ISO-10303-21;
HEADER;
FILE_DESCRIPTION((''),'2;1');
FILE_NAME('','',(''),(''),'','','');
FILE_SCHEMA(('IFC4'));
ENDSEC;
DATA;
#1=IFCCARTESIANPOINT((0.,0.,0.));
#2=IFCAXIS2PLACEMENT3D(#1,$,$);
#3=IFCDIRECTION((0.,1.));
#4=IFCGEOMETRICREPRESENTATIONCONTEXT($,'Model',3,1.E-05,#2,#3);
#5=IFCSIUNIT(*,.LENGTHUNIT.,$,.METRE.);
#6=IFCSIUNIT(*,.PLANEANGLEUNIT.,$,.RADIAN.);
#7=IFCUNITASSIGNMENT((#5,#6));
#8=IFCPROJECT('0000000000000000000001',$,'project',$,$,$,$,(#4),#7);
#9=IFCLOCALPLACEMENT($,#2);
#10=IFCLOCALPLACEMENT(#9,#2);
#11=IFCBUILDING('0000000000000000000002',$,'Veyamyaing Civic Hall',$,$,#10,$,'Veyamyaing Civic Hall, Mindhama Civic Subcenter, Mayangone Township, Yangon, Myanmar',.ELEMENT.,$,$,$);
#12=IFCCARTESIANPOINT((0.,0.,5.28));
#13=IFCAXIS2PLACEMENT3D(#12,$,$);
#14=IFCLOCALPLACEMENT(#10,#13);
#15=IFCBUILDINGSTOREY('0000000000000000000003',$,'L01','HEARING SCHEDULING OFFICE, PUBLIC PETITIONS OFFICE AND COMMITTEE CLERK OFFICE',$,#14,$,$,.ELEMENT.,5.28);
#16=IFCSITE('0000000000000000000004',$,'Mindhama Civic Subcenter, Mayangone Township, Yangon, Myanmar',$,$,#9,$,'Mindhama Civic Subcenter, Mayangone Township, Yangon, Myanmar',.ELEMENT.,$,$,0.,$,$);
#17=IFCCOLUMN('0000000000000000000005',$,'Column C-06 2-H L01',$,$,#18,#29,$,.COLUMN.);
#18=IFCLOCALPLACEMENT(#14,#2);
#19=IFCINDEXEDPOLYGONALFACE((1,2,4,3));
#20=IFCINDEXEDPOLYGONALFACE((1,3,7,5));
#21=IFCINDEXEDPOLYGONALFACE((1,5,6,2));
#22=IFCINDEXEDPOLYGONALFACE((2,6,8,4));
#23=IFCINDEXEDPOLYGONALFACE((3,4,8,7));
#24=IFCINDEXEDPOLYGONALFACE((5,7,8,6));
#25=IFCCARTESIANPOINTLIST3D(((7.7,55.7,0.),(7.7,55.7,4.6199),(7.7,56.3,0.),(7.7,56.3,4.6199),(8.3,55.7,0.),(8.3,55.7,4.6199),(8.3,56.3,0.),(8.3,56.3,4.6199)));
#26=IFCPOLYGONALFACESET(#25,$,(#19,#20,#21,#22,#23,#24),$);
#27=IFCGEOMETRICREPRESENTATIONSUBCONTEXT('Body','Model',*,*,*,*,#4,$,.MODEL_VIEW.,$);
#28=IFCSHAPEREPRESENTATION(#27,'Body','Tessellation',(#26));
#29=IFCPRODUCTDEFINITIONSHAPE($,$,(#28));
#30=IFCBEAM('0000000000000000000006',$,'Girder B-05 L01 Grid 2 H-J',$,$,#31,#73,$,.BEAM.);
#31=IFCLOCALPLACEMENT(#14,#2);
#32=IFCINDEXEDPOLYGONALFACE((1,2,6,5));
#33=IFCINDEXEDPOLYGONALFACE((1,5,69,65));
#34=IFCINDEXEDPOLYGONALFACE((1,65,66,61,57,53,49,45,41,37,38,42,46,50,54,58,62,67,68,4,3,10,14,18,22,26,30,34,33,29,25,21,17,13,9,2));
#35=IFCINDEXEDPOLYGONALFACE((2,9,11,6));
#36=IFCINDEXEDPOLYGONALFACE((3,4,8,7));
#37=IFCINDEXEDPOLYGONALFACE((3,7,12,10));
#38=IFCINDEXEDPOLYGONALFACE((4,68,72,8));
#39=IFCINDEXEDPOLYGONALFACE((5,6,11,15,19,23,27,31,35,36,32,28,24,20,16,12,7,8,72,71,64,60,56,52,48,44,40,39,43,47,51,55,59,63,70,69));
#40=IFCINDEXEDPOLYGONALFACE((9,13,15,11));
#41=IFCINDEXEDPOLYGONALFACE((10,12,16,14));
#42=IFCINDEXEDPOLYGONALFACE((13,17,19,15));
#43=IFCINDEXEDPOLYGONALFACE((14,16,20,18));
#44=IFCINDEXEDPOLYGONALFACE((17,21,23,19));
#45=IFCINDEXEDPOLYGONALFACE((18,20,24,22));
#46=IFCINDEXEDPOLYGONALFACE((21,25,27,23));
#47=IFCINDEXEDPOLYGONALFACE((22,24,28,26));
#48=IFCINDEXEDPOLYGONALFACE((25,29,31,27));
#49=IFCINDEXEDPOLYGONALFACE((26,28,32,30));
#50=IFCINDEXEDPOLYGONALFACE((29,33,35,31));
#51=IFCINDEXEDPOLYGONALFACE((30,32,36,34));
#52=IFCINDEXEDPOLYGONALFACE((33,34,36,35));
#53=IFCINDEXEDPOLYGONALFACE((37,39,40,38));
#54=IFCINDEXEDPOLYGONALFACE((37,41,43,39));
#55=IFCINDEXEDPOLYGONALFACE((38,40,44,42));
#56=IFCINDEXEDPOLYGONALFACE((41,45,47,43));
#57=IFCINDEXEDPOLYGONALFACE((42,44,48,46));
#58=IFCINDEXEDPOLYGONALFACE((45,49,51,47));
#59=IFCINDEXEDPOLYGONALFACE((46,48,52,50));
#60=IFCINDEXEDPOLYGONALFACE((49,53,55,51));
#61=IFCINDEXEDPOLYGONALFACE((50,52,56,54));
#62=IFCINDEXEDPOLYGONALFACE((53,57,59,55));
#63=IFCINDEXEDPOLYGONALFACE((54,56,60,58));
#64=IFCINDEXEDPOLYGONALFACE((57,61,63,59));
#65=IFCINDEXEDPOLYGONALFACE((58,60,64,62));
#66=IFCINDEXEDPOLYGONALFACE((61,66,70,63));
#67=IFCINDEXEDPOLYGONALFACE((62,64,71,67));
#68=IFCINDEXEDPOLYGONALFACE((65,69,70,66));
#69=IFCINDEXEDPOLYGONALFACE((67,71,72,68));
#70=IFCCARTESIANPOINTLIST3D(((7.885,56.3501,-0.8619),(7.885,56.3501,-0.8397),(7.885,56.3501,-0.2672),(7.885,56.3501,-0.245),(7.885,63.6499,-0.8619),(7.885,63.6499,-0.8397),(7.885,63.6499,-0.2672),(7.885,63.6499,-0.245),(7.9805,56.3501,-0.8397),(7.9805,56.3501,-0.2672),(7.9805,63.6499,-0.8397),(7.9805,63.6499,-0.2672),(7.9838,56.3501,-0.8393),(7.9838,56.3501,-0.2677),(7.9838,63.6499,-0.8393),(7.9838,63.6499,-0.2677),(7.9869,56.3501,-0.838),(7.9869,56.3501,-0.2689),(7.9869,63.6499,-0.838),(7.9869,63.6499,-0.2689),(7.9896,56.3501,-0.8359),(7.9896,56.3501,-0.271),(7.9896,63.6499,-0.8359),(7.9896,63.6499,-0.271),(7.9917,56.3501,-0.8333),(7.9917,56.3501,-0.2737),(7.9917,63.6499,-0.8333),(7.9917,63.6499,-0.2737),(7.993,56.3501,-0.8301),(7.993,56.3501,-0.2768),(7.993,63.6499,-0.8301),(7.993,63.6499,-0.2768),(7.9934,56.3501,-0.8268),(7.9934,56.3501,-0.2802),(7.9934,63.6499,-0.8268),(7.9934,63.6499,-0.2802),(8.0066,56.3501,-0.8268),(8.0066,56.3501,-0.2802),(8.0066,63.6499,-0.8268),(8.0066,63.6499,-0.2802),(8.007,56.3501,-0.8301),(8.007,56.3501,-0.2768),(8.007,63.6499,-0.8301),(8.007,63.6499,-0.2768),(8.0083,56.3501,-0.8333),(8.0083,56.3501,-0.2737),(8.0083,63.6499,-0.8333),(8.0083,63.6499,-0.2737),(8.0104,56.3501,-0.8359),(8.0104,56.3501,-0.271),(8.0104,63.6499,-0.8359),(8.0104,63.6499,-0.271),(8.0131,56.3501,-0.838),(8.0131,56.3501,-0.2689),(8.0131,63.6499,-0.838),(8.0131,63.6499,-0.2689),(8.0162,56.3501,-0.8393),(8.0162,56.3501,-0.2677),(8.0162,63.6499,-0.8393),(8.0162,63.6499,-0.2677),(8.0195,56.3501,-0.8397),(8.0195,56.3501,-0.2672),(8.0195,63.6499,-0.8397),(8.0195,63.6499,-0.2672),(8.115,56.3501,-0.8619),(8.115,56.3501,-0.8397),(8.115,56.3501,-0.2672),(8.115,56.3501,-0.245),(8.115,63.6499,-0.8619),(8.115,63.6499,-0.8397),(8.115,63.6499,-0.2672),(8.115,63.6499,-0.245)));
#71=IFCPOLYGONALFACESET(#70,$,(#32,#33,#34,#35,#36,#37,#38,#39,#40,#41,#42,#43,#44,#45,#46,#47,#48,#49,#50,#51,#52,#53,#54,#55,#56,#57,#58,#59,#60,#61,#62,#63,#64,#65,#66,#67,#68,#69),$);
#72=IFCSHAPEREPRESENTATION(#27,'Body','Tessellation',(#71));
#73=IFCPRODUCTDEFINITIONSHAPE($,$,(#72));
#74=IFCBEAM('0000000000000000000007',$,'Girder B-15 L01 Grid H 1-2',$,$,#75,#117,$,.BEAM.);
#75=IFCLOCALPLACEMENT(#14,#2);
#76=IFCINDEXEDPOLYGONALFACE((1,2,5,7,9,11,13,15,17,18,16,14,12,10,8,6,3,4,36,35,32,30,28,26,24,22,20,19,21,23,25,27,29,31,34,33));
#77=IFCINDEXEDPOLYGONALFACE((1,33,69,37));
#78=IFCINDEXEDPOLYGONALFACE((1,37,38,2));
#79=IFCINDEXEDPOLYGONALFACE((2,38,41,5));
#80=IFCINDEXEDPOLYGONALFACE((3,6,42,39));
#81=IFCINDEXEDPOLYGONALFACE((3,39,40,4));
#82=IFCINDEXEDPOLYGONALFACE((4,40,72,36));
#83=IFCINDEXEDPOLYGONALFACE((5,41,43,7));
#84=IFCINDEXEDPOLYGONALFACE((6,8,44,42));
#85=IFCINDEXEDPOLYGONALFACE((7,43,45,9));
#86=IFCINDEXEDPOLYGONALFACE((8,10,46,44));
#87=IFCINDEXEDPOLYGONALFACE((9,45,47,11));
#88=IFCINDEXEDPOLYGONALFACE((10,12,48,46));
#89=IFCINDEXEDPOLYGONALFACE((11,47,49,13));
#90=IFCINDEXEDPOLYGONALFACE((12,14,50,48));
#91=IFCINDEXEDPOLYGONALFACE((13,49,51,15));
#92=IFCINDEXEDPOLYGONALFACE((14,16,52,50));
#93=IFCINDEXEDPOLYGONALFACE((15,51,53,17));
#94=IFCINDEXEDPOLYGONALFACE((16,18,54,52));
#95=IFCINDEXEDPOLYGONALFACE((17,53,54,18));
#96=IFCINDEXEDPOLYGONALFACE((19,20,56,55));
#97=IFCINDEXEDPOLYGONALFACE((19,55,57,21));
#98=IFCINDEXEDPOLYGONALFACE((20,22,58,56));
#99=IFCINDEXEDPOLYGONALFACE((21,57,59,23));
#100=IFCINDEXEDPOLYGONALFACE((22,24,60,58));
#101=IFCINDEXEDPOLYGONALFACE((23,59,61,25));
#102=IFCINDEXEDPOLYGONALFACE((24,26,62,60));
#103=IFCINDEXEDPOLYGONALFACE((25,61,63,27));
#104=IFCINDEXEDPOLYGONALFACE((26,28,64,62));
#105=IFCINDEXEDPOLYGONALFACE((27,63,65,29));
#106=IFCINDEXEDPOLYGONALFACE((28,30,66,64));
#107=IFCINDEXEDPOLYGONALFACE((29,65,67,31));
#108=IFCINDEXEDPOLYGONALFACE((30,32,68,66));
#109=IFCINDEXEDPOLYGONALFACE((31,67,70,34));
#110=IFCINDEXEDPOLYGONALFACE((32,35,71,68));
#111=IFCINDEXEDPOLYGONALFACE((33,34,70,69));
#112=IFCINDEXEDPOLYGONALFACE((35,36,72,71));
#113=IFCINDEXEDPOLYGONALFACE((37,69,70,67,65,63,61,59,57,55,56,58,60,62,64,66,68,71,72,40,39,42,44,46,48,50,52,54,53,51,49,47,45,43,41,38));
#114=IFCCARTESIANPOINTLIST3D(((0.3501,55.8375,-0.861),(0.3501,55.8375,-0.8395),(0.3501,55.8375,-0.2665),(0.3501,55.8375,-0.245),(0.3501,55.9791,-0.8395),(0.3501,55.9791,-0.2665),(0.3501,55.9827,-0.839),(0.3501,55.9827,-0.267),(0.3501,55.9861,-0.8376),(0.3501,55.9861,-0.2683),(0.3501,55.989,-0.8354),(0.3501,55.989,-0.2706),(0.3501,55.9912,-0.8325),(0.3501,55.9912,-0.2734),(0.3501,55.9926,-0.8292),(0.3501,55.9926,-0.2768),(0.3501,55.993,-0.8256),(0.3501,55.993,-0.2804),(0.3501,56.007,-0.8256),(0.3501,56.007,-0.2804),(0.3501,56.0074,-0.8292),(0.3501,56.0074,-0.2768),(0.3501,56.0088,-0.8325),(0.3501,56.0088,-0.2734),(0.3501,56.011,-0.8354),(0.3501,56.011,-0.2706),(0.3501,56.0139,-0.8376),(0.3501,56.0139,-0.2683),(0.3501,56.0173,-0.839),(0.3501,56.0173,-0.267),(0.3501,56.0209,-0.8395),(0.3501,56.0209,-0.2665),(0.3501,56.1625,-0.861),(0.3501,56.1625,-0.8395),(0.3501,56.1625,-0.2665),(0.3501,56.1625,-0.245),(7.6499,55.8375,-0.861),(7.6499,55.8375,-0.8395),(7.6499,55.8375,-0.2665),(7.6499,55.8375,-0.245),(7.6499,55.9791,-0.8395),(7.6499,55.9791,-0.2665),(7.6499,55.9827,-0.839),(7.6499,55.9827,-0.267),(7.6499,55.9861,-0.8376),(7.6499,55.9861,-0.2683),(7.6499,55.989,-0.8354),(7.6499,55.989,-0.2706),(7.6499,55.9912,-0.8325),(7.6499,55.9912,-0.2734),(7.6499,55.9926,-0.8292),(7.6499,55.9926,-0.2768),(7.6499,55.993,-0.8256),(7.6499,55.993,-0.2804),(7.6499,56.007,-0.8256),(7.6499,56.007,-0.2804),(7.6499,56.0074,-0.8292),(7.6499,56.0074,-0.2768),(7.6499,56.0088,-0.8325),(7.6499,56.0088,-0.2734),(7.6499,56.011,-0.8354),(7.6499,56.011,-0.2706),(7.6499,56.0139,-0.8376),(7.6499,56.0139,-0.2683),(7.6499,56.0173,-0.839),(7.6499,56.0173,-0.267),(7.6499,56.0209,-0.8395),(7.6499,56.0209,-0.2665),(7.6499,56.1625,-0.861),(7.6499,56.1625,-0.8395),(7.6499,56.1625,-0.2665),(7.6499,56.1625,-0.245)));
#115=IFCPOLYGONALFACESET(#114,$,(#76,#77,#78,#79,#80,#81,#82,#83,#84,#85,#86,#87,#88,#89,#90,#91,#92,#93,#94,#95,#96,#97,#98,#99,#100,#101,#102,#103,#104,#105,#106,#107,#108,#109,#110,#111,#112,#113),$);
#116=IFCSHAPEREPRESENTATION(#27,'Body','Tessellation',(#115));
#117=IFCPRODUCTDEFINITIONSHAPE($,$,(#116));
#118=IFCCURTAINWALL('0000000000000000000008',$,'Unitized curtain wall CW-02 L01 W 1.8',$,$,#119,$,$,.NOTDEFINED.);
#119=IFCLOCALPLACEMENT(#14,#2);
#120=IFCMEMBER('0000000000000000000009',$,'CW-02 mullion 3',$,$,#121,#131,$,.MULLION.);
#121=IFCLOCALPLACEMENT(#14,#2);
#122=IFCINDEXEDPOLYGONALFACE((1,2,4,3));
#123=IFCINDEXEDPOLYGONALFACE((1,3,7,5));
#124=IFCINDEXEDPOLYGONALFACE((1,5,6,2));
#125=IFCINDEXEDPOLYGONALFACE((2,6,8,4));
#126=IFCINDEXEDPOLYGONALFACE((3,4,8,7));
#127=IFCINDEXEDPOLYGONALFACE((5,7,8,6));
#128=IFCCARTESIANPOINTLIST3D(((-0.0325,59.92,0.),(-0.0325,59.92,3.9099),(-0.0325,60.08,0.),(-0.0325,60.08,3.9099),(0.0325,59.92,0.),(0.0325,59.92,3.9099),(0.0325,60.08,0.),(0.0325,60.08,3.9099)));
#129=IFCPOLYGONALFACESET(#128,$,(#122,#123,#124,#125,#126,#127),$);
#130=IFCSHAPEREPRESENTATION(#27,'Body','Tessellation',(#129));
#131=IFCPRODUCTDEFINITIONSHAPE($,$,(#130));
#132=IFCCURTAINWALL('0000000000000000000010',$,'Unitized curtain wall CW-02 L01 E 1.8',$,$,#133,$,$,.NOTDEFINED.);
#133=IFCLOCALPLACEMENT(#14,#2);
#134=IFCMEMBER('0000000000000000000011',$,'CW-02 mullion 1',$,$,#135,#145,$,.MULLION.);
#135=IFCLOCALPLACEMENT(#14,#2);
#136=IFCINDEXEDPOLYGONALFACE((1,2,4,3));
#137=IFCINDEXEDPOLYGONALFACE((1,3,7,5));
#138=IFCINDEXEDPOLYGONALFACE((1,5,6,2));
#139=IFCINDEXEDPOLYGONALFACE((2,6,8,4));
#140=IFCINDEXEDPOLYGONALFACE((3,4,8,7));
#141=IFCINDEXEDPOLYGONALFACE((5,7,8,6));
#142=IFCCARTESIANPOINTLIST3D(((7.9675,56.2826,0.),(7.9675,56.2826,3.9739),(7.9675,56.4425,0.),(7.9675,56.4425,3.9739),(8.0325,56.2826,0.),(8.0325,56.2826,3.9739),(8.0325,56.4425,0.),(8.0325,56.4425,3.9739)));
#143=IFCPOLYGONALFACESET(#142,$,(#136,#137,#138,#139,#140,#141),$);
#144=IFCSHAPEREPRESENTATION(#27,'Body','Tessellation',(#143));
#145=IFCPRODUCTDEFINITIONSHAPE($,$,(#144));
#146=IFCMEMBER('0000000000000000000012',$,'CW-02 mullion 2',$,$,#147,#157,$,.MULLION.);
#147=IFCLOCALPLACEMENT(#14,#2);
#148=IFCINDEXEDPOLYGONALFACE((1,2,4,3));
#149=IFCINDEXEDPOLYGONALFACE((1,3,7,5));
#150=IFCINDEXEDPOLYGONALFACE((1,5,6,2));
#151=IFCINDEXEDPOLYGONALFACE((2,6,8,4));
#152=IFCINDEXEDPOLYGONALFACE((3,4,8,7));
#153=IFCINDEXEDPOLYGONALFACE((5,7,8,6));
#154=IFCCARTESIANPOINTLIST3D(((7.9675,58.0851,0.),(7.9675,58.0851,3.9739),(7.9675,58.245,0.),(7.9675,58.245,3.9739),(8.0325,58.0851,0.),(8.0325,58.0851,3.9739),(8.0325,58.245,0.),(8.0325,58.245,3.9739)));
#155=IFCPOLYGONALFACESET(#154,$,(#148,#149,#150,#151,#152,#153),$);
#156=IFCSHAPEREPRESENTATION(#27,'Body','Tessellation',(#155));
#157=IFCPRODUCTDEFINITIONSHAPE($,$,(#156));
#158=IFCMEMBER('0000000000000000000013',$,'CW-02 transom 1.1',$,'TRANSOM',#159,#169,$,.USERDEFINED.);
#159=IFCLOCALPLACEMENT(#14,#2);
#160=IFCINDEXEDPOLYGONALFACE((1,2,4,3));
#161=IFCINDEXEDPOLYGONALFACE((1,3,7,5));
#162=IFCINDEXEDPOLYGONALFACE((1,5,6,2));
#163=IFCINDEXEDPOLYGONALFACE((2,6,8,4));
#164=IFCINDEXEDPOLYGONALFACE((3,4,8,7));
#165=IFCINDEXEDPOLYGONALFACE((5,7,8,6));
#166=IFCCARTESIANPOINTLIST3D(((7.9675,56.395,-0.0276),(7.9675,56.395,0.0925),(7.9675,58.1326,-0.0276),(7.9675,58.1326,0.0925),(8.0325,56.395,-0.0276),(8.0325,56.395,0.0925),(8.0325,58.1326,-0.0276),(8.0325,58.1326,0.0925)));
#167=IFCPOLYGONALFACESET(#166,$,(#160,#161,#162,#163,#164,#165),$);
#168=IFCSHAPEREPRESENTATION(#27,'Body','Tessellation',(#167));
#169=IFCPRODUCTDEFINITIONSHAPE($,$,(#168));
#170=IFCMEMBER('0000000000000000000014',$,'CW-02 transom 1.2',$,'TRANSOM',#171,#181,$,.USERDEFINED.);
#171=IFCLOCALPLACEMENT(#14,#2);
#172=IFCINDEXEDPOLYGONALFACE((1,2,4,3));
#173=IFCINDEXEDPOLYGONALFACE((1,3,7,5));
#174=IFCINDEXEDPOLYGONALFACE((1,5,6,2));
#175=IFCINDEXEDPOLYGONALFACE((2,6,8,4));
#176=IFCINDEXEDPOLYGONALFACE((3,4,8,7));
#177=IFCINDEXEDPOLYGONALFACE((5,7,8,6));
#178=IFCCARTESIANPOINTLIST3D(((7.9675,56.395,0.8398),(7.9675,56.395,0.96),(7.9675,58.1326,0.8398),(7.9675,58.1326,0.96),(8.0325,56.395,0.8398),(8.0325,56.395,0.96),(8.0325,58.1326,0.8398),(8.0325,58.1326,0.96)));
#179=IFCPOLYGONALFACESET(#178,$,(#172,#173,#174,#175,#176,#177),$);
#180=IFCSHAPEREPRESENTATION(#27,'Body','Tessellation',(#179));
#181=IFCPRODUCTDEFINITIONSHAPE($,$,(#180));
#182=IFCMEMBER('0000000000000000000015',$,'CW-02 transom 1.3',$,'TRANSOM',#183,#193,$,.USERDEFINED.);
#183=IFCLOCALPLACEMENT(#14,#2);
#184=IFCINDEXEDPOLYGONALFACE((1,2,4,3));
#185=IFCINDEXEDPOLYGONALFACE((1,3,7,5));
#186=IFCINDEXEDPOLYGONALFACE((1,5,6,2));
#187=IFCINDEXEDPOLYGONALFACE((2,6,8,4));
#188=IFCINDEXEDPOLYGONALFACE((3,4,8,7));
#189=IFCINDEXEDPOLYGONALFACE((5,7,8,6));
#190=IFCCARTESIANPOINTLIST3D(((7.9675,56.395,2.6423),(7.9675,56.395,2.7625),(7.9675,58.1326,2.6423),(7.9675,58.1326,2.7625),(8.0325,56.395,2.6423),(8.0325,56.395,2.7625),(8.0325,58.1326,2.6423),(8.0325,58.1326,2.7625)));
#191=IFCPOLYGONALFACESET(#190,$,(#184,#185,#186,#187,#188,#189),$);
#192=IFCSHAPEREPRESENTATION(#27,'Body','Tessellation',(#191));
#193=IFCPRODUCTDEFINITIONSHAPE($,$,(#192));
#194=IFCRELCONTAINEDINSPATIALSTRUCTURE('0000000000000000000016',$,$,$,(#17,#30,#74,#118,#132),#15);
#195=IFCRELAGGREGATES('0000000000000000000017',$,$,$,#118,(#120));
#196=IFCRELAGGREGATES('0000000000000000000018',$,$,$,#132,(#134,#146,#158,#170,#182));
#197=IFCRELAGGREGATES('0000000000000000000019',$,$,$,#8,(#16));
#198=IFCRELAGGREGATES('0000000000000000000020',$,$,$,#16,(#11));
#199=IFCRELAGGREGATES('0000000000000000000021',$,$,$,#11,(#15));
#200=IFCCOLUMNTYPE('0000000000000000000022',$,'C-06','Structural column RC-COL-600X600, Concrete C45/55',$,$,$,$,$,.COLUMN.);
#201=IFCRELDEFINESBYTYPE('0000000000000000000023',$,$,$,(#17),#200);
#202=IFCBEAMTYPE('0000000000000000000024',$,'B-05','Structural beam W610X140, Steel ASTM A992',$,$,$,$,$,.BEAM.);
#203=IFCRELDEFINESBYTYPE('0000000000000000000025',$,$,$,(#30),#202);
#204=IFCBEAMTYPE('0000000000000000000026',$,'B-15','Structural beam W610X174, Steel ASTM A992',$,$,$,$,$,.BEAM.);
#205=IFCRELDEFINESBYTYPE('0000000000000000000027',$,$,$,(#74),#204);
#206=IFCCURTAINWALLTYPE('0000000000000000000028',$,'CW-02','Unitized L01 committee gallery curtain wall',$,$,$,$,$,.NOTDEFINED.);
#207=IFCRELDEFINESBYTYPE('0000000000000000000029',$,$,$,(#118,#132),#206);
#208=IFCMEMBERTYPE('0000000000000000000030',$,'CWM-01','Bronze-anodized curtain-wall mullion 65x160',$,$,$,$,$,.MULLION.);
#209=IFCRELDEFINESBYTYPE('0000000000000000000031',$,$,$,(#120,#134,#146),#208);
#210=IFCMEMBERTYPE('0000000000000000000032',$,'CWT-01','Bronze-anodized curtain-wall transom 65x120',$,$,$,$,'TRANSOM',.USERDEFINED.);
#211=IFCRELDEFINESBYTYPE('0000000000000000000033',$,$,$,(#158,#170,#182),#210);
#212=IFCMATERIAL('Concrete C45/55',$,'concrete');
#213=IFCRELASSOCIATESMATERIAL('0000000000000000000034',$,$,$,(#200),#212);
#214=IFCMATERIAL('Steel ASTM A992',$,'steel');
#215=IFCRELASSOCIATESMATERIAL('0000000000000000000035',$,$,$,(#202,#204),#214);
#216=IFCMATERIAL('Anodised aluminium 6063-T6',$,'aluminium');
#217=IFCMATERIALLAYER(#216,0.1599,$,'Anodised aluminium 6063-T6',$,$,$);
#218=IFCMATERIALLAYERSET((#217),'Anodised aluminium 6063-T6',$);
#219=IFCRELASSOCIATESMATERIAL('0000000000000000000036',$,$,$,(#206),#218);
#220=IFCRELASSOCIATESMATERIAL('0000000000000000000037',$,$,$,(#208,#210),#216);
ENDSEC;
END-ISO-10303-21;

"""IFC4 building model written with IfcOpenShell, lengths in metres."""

from ifc_helpers import new_model, si_unit, direction, frame, origin, origin_2d, place, context, subcontext, project, spatial, rectangle, i_section, extrude, material, layer, layer_set, material_profile, profile_set, type_object, element, aggregate, save


model = new_model("IFC4")

# Units and contexts
model_context = context("Model", 3, precision=1e-05, world=origin(), true_north=direction((0.0, 1.0)))
body_context = subcontext(model_context, "Body", "Model", "MODEL_VIEW")
ifc_project = project(units=[si_unit("LENGTHUNIT", "METRE"), si_unit("PLANEANGLEUNIT", "RADIAN")], contexts=[model_context])

# Site, building, storey
site_placement = place(None, origin())
site = spatial("IfcSite", under=ifc_project, at=site_placement, Name="Mindhama Civic Subcenter, Mayangone Township, Yangon, Myanmar", LongName="Mindhama Civic Subcenter, Mayangone Township, Yangon, Myanmar", CompositionType="ELEMENT", RefElevation=0.0)
building_placement = place(site_placement, origin())
building = spatial("IfcBuilding", under=site, at=building_placement, Name="Veyamyaing Civic Hall", LongName="Veyamyaing Civic Hall, Mindhama Civic Subcenter, Mayangone Township, Yangon, Myanmar", CompositionType="ELEMENT")
storey_placement = place(building_placement, frame((0.0, 0.0, 5.28)))
storey = spatial("IfcBuildingStorey", under=building, at=storey_placement, Name="L01", Description="HEARING SCHEDULING OFFICE, PUBLIC PETITIONS OFFICE AND COMMITTEE CLERK OFFICE", CompositionType="ELEMENT", Elevation=5.28)

# Column
ifc_material_1 = material(Name="Concrete C45/55", Category="concrete")
ifc_material_profile_1 = material_profile(ifc_material_1, rectangle(XDim=0.6001, YDim=0.6001, at=origin_2d()), Name="RC-COL-600X600")
ifc_profile_set_1 = profile_set([ifc_material_profile_1], Name="Concrete C45/55")
column_type = type_object("IfcColumnType", Name="C-06", Description="Structural column RC-COL-600X600, Concrete C45/55", PredefinedType="COLUMN", material=ifc_profile_set_1)
column_placement = place(storey_placement, frame((8.0, 56.0, 0.0), z_axis=(0.0, 0.0, 1.0), x_axis=(1.0, 0.0, 0.0)))
element("IfcColumn", 1, at=column_placement, inside=storey, type_object=column_type, Name="Column C-06 2-H L01", PredefinedType="COLUMN", context=body_context, shape_type="SweptSolid", body=[
    extrude(rectangle(XDim=0.6001, YDim=0.6001, at=origin_2d()), origin(), (0.0, 0.0, 1.0), 4.6199),
])

# Beams
ifc_material_2 = material(Name="Steel ASTM A992", Category="steel")
ifc_material_profile_2 = material_profile(ifc_material_2, i_section(OverallWidth=0.23, OverallDepth=0.6169, WebThickness=0.0132, FlangeThickness=0.0222, FilletRadius=0.0129, at=origin_2d()), Name="W610X140")
ifc_profile_set_2 = profile_set([ifc_material_profile_2], Name="Steel ASTM A992")
beam_type_1 = type_object("IfcBeamType", Name="B-05", Description="Structural beam W610X140, Steel ASTM A992", PredefinedType="BEAM", material=ifc_profile_set_2)
beam_1_placement = place(storey_placement, frame((8.0, 56.3501, -0.5535), z_axis=(0.0, 1.0, 0.0), x_axis=(-1.0, 0.0, 0.0)))
element("IfcBeam", 2, at=beam_1_placement, inside=storey, type_object=beam_type_1, Name="Girder B-05 L01 Grid 2 H-J", PredefinedType="BEAM", context=body_context, shape_type="SweptSolid", body=[
    extrude(i_section(OverallWidth=0.23, OverallDepth=0.6169, WebThickness=0.0132, FlangeThickness=0.0222, FilletRadius=0.0129, at=origin_2d()), origin(), (0.0, 0.0, 1.0), 7.2998),
])
ifc_material_profile_3 = material_profile(ifc_material_2, i_section(OverallWidth=0.325, OverallDepth=0.616, WebThickness=0.0139, FlangeThickness=0.0215, FilletRadius=0.0139, at=origin_2d()), Name="W610X174")
ifc_profile_set_3 = profile_set([ifc_material_profile_3], Name="Steel ASTM A992")
beam_type_2 = type_object("IfcBeamType", Name="B-15", Description="Structural beam W610X174, Steel ASTM A992", PredefinedType="BEAM", material=ifc_profile_set_3)
beam_2_placement = place(storey_placement, frame((0.3501, 56.0, -0.553), z_axis=(1.0, 0.0, 0.0), x_axis=(0.0, 1.0, 0.0)))
element("IfcBeam", 3, at=beam_2_placement, inside=storey, type_object=beam_type_2, Name="Girder B-15 L01 Grid H 1-2", PredefinedType="BEAM", context=body_context, shape_type="SweptSolid", body=[
    extrude(i_section(OverallWidth=0.325, OverallDepth=0.616, WebThickness=0.0139, FlangeThickness=0.0215, FilletRadius=0.0139, at=origin_2d()), origin(), (0.0, 0.0, 1.0), 7.2998),
])

# Curtain wall, member
ifc_material_3 = material(Name="Anodised aluminium 6063-T6", Category="aluminium")
ifc_layer_1 = layer(ifc_material_3, 0.1599, Name="Anodised aluminium 6063-T6")
ifc_layer_set_1 = layer_set([ifc_layer_1], Name="Anodised aluminium 6063-T6")
curtain_wall_type = type_object("IfcCurtainWallType", Name="CW-02", Description="Unitized L01 committee gallery curtain wall", PredefinedType="NOTDEFINED", material=ifc_layer_set_1)
curtain_wall_1_placement = place(storey_placement, origin())
curtain_wall_1 = element("IfcCurtainWall", 4, at=curtain_wall_1_placement, inside=storey, type_object=curtain_wall_type, Name="Unitized curtain wall CW-02 L01 W 1.8", PredefinedType="NOTDEFINED")
ifc_material_profile_4 = material_profile(ifc_material_3, rectangle(XDim=0.0649, YDim=0.1599, at=origin_2d()), Name="ALU-MUL-65X160")
ifc_profile_set_4 = profile_set([ifc_material_profile_4], Name="Anodised aluminium 6063-T6")
member_type_1 = type_object("IfcMemberType", Name="CWM-01", Description="Bronze-anodized curtain-wall mullion 65x160", PredefinedType="MULLION", material=ifc_profile_set_4)
member_1_placement = place(storey_placement, frame((0.0, 60.0, 0.0), z_axis=(0.0, 0.0, 1.0), x_axis=(-1.0, 0.0, 0.0)))
member_1 = element("IfcMember", 5, at=member_1_placement, type_object=member_type_1, Name="CW-02 mullion 3", PredefinedType="MULLION", context=body_context, shape_type="SweptSolid", body=[
    extrude(rectangle(XDim=0.0649, YDim=0.1599, at=origin_2d()), origin(), (0.0, 0.0, 1.0), 3.9099),
])

# Curtain wall, members
curtain_wall_2_placement = place(storey_placement, origin())
curtain_wall_2 = element("IfcCurtainWall", 6, at=curtain_wall_2_placement, inside=storey, type_object=curtain_wall_type, Name="Unitized curtain wall CW-02 L01 E 1.8", PredefinedType="NOTDEFINED")
member_2_placement = place(storey_placement, frame((8.0, 56.3625, 0.0), z_axis=(0.0, 0.0, 1.0), x_axis=(-1.0, 0.0, 0.0)))
member_2 = element("IfcMember", 7, at=member_2_placement, type_object=member_type_1, Name="CW-02 mullion 1", PredefinedType="MULLION", context=body_context, shape_type="SweptSolid", body=[
    extrude(rectangle(XDim=0.0649, YDim=0.1599, at=origin_2d()), origin(), (0.0, 0.0, 1.0), 3.9739),
])
member_3_placement = place(storey_placement, frame((8.0, 58.165, 0.0), z_axis=(0.0, 0.0, 1.0), x_axis=(-1.0, 0.0, 0.0)))
member_3 = element("IfcMember", 8, at=member_3_placement, type_object=member_type_1, Name="CW-02 mullion 2", PredefinedType="MULLION", context=body_context, shape_type="SweptSolid", body=[
    extrude(rectangle(XDim=0.0649, YDim=0.1599, at=origin_2d()), origin(), (0.0, 0.0, 1.0), 3.9739),
])
ifc_material_profile_5 = material_profile(ifc_material_3, rectangle(XDim=0.0649, YDim=0.1201, at=origin_2d()), Name="ALU-TRN-65X120")
ifc_profile_set_5 = profile_set([ifc_material_profile_5], Name="Anodised aluminium 6063-T6")
member_type_2 = type_object("IfcMemberType", Name="CWT-01", Description="Bronze-anodized curtain-wall transom 65x120", ElementType="TRANSOM", PredefinedType="USERDEFINED", material=ifc_profile_set_5)
member_4_placement = place(storey_placement, frame((8.0, 56.395, 0.0325), z_axis=(0.0, 1.0, 0.0), x_axis=(-1.0, 0.0, 0.0)))
member_4 = element("IfcMember", 9, at=member_4_placement, type_object=member_type_2, Name="CW-02 transom 1.1", ObjectType="TRANSOM", PredefinedType="USERDEFINED", context=body_context, shape_type="SweptSolid", body=[
    extrude(rectangle(XDim=0.0649, YDim=0.1201, at=origin_2d()), origin(), (0.0, 0.0, 1.0), 1.7375),
])
member_5_placement = place(storey_placement, frame((8.0, 56.395, 0.8999), z_axis=(0.0, 1.0, 0.0), x_axis=(-1.0, 0.0, 0.0)))
member_5 = element("IfcMember", 10, at=member_5_placement, type_object=member_type_2, Name="CW-02 transom 1.2", ObjectType="TRANSOM", PredefinedType="USERDEFINED", context=body_context, shape_type="SweptSolid", body=[
    extrude(rectangle(XDim=0.0649, YDim=0.1201, at=origin_2d()), origin(), (0.0, 0.0, 1.0), 1.7375),
])
member_6_placement = place(storey_placement, frame((8.0, 56.395, 2.7024), z_axis=(0.0, 1.0, 0.0), x_axis=(-1.0, 0.0, 0.0)))
member_6 = element("IfcMember", 11, at=member_6_placement, type_object=member_type_2, Name="CW-02 transom 1.3", ObjectType="TRANSOM", PredefinedType="USERDEFINED", context=body_context, shape_type="SweptSolid", body=[
    extrude(rectangle(XDim=0.0649, YDim=0.1201, at=origin_2d()), origin(), (0.0, 0.0, 1.0), 1.7375),
])

aggregate(curtain_wall_1, [member_1])
aggregate(curtain_wall_2, [member_2, member_3, member_4, member_5, member_6])

save(model, "model.ifc")
